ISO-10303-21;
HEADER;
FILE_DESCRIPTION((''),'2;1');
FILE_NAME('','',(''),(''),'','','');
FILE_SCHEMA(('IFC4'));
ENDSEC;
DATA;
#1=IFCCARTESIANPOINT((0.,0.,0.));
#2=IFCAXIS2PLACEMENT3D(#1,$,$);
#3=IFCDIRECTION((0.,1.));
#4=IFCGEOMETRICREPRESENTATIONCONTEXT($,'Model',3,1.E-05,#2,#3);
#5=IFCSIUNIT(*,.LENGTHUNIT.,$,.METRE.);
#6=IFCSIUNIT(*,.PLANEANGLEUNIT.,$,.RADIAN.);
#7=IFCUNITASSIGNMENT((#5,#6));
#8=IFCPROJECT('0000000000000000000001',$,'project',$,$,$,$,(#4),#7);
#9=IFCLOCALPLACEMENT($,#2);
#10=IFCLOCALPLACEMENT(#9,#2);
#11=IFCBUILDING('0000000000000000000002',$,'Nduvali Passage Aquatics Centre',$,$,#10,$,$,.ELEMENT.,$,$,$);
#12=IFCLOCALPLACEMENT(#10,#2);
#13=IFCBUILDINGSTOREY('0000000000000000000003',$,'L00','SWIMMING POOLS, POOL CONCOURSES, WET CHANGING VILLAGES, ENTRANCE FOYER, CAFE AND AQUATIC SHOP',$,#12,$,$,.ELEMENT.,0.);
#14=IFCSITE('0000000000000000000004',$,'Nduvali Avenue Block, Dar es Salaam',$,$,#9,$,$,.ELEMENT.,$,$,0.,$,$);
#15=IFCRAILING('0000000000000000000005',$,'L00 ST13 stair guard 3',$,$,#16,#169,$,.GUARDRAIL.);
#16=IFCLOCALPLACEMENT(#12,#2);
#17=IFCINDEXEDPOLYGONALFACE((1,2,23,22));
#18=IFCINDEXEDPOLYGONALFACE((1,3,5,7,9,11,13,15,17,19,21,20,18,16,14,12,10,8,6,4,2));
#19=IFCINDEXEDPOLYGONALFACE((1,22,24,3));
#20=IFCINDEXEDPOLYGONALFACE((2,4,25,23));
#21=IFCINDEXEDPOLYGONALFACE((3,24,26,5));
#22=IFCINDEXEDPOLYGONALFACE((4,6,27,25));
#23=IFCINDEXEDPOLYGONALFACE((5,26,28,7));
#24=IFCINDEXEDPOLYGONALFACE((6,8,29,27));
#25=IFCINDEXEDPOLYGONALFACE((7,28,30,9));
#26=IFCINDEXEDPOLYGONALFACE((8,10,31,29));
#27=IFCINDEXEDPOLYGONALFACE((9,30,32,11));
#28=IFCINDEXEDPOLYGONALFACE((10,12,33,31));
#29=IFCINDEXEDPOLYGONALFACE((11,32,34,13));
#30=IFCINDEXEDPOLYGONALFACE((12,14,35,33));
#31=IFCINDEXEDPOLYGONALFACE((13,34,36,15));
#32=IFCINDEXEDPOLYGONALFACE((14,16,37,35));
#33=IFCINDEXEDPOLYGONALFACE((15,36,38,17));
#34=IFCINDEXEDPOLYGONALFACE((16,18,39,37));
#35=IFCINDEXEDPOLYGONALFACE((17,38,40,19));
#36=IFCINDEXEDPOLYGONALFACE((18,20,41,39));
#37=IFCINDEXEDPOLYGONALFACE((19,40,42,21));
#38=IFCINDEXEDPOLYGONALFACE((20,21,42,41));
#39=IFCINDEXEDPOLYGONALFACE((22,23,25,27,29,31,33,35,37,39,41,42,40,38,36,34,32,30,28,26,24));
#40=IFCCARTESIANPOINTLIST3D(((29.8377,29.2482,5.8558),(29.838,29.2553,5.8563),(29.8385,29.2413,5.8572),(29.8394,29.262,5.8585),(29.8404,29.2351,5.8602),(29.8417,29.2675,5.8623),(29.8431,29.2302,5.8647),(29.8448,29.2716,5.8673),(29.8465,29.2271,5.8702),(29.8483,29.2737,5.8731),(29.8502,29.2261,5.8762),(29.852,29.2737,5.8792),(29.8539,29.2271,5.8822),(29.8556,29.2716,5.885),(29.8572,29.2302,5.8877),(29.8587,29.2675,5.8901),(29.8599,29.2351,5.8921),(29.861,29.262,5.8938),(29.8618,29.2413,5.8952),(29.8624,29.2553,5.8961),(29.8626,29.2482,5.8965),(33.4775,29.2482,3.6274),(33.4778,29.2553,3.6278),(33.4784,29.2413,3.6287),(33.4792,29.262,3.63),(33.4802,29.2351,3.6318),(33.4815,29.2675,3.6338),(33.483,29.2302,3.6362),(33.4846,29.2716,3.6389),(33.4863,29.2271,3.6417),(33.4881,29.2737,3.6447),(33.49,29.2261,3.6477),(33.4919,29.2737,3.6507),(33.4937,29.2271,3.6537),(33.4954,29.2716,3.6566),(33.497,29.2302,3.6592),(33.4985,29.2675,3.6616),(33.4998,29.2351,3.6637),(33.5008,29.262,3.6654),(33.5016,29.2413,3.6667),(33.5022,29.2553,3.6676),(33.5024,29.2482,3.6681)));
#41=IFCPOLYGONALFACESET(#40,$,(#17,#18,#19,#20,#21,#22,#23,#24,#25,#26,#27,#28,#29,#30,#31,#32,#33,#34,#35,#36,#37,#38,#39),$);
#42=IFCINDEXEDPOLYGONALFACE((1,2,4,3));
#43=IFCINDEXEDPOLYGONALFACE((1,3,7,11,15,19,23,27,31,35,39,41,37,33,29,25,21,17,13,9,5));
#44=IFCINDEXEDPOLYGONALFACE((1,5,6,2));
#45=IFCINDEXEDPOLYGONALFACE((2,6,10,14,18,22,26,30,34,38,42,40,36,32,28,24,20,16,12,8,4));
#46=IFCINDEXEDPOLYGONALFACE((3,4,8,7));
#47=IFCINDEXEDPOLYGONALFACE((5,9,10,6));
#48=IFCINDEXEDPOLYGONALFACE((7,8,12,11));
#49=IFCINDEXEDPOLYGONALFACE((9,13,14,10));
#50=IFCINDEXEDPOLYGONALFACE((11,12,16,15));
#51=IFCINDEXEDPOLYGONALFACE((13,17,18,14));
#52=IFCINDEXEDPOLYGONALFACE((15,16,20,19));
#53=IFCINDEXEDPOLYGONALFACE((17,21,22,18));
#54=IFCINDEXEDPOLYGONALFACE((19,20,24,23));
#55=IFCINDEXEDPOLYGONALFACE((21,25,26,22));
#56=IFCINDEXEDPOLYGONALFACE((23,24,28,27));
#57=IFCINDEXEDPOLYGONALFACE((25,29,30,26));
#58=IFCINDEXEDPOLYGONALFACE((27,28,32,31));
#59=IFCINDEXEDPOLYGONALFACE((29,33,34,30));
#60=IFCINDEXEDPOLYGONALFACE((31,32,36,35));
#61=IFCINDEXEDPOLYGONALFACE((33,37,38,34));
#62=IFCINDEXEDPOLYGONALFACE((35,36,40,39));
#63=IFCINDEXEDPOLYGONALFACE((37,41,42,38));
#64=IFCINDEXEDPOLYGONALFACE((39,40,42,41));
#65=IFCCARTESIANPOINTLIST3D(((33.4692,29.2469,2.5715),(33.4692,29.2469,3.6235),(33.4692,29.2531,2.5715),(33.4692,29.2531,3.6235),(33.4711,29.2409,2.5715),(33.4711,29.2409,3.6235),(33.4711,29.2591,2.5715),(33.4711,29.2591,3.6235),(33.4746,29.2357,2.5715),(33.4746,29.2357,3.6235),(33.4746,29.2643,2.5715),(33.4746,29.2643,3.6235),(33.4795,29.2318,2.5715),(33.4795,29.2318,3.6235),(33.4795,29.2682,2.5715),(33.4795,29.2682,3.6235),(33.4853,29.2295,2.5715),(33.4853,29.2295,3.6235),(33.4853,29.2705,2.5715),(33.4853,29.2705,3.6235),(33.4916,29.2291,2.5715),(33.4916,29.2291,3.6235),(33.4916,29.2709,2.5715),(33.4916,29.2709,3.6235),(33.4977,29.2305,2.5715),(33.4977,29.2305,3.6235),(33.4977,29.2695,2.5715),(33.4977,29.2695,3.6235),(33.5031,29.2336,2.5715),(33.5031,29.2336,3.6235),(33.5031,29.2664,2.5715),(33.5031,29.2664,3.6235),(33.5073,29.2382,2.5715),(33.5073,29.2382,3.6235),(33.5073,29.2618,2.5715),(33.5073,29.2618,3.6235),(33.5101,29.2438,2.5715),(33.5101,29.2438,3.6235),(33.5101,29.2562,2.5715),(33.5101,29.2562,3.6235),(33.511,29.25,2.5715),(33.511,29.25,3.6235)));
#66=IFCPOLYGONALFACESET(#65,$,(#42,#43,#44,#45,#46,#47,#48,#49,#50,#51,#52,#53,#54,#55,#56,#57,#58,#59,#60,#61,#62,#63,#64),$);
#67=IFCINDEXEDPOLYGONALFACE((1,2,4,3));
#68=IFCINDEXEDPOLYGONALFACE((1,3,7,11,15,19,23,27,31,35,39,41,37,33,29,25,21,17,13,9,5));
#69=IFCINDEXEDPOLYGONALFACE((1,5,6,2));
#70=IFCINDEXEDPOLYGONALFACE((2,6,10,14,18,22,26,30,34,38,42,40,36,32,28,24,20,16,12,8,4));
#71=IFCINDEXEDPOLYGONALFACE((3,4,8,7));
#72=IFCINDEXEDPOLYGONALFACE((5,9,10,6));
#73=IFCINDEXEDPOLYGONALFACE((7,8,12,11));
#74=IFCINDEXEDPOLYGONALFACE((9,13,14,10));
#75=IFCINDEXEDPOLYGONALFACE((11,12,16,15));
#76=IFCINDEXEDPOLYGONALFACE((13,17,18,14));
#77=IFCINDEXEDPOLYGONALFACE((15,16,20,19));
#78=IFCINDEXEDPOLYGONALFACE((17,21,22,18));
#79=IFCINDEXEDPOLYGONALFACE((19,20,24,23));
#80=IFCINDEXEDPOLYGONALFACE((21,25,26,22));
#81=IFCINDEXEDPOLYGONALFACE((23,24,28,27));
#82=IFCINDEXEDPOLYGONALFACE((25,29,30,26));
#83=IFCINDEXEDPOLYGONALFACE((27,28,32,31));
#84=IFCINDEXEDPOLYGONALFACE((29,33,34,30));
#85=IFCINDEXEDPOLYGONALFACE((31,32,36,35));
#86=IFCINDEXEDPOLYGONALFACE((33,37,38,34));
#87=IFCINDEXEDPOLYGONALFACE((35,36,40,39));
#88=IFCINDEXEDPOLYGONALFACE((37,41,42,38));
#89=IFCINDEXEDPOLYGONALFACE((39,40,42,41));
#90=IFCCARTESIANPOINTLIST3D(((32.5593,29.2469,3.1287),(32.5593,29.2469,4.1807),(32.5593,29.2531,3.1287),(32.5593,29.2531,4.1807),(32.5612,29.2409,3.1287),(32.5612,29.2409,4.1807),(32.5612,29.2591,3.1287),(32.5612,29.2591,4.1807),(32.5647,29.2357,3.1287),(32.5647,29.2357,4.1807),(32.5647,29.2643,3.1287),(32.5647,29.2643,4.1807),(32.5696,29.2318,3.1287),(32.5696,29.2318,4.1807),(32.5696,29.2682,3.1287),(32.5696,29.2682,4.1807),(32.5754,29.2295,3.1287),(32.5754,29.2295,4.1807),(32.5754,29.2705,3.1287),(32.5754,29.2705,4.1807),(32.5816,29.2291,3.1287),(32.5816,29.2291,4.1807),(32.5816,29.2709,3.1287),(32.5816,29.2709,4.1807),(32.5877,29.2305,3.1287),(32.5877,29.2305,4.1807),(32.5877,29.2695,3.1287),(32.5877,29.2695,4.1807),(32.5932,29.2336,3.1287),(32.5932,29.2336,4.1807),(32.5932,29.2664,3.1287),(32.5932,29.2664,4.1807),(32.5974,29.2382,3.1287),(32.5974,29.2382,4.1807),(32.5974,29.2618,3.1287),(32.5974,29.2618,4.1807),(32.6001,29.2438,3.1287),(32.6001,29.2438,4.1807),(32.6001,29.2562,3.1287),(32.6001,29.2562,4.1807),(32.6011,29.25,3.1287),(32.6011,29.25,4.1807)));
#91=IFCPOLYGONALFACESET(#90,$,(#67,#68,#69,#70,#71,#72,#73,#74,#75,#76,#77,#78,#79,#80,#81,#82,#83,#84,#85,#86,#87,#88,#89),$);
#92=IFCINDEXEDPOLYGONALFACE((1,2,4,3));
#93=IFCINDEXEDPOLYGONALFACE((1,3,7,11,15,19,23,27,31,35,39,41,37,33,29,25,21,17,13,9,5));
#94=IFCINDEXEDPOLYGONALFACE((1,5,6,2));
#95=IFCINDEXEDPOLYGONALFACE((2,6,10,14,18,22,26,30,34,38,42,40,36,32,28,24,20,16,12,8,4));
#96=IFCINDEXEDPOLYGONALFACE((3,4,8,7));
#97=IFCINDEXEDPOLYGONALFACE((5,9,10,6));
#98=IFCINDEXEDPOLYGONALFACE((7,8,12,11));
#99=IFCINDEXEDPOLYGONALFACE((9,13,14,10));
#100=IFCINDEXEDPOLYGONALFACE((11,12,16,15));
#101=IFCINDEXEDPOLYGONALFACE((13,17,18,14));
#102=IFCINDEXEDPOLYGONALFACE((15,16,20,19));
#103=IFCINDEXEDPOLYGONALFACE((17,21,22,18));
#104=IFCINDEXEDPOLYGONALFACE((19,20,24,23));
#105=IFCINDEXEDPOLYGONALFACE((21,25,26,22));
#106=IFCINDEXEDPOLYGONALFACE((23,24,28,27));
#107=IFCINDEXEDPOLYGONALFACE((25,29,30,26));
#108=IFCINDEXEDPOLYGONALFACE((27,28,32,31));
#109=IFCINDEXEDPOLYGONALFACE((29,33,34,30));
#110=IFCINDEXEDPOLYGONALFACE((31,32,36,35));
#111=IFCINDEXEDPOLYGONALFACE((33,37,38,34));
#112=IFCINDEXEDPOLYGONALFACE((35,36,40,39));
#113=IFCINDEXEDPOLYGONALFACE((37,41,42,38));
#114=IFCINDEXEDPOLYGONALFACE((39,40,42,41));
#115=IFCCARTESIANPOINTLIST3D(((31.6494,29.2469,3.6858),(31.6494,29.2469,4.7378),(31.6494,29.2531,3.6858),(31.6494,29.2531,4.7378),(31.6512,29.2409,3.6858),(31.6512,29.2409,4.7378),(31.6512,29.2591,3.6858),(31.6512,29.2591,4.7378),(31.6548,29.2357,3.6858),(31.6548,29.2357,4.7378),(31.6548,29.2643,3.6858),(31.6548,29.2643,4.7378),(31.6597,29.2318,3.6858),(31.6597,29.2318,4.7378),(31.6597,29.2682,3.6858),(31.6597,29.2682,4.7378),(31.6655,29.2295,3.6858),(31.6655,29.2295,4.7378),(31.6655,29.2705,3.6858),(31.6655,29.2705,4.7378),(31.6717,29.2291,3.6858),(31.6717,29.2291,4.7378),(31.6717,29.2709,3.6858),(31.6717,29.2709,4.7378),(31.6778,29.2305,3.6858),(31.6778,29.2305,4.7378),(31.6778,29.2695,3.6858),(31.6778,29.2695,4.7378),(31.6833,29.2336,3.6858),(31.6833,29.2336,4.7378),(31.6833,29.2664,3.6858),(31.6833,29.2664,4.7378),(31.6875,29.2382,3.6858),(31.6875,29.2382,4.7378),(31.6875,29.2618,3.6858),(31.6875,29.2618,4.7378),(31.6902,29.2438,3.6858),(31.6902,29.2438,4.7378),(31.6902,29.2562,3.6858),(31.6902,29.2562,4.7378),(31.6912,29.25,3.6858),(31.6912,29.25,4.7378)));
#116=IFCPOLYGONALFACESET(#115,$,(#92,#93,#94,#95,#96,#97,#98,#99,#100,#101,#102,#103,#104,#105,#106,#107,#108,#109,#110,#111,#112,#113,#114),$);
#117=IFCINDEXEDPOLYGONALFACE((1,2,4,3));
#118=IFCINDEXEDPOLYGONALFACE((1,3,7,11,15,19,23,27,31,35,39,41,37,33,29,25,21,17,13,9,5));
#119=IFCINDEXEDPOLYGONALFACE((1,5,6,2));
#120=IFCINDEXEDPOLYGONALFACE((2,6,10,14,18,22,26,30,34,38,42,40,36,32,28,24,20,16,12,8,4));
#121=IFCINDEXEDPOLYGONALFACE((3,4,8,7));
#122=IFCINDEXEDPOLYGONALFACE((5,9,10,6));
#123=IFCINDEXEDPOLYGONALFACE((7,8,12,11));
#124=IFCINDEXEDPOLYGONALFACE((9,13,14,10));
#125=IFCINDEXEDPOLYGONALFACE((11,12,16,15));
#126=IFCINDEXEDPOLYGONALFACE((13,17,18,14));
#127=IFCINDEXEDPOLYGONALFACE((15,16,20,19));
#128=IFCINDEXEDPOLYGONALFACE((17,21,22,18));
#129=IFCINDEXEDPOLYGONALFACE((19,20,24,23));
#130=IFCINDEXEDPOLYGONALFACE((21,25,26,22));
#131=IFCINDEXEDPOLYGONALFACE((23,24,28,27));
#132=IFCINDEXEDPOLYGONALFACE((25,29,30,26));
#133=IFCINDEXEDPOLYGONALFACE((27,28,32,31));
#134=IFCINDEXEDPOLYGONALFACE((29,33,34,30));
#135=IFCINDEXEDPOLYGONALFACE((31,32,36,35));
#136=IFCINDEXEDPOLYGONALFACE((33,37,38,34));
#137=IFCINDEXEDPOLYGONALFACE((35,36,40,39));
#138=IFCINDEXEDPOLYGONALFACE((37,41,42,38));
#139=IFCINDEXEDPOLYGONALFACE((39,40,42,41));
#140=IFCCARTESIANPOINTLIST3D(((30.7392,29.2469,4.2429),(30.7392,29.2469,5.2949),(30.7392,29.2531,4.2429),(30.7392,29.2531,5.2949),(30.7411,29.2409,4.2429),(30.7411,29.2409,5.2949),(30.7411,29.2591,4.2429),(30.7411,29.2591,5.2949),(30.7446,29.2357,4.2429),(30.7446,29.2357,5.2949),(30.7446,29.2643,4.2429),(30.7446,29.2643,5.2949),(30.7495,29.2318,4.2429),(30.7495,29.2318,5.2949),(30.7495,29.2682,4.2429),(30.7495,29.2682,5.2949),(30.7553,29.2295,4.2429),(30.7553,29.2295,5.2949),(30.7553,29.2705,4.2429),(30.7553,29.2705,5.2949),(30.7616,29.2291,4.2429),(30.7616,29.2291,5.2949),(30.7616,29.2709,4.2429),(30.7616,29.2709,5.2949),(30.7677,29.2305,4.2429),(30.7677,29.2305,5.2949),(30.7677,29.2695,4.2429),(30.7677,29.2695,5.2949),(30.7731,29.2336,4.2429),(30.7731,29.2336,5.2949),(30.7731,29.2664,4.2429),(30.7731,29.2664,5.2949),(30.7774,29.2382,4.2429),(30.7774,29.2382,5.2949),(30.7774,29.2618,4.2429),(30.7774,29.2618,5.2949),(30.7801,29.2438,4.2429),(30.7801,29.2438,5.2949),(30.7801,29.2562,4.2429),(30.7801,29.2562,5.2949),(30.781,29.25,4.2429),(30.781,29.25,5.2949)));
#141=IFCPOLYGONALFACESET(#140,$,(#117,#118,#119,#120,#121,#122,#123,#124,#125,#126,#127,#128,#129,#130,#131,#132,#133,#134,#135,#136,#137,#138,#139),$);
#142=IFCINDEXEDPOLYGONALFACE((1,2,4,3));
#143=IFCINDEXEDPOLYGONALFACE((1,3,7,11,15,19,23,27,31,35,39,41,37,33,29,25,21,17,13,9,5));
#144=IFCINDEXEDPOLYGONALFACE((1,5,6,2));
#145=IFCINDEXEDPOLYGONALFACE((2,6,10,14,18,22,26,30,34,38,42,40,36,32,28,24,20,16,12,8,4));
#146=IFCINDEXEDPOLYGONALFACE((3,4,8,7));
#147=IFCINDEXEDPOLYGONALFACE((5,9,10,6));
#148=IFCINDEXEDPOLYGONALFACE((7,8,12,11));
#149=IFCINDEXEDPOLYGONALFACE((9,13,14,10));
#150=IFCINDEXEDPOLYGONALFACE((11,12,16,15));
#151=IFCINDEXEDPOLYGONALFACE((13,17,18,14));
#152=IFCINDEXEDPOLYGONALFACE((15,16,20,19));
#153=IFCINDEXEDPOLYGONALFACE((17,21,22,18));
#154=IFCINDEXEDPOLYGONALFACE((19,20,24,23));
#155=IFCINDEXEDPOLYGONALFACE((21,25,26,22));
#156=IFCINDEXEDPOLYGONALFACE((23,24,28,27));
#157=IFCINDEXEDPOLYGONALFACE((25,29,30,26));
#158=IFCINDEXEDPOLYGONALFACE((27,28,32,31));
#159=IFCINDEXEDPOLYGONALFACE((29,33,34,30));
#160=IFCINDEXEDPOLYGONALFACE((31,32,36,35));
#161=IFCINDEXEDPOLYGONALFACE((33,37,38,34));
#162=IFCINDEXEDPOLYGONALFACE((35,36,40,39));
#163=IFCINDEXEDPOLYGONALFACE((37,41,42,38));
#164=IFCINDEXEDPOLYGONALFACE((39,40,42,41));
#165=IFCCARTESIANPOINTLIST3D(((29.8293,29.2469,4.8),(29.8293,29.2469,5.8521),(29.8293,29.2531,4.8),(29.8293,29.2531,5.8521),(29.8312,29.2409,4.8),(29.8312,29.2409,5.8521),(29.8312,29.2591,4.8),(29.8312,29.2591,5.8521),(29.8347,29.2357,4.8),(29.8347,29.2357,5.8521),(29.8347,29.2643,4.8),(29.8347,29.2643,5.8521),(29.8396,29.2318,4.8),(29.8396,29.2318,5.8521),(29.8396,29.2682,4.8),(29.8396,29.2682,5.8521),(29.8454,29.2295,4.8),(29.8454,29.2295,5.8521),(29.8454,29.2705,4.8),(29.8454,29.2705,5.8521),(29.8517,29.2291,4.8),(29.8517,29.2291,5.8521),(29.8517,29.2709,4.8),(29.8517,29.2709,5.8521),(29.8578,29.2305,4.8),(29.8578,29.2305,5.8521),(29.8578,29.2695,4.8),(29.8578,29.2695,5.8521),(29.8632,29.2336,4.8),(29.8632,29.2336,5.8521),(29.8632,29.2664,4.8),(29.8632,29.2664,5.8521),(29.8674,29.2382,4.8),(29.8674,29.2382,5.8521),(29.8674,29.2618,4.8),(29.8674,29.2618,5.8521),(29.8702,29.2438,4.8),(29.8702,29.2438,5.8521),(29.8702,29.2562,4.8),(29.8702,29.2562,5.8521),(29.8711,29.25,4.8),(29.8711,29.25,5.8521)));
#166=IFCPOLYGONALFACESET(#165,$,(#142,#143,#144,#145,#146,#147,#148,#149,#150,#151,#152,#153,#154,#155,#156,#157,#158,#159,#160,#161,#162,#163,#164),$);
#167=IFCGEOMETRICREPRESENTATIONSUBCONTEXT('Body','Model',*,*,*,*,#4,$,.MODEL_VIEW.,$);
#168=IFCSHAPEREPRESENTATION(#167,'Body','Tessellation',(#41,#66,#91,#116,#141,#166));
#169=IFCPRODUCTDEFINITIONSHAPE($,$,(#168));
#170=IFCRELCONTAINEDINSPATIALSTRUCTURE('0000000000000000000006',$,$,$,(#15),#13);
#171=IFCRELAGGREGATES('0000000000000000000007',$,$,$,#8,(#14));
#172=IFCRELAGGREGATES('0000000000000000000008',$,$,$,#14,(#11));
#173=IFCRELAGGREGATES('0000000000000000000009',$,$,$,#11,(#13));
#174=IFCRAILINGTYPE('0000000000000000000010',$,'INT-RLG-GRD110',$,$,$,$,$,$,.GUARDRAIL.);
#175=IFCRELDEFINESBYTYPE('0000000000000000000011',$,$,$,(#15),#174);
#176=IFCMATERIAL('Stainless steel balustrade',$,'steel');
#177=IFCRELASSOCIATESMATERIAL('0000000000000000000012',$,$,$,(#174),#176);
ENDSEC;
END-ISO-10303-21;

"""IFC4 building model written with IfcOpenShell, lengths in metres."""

from ifc_helpers import new_model, si_unit, direction, frame, origin, origin_2d, place, context, subcontext, project, spatial, circle, extrude, material, type_object, element, save


model = new_model("IFC4")

# Units and contexts
model_context = context("Model", 3, precision=1e-05, world=origin(), true_north=direction((0.0, 1.0)))
body_context = subcontext(model_context, "Body", "Model", "MODEL_VIEW")
ifc_project = project(units=[si_unit("LENGTHUNIT", "METRE"), si_unit("PLANEANGLEUNIT", "RADIAN")], contexts=[model_context])

# Site, building, storey
site_placement = place(None, origin())
site = spatial("IfcSite", under=ifc_project, at=site_placement, Name="Nduvali Avenue Block, Dar es Salaam", CompositionType="ELEMENT", RefElevation=0.0)
building_placement = place(site_placement, origin())
building = spatial("IfcBuilding", under=site, at=building_placement, Name="Nduvali Passage Aquatics Centre", CompositionType="ELEMENT")
storey_placement = place(building_placement, origin())
storey = spatial("IfcBuildingStorey", under=building, at=storey_placement, Name="L00", Description="SWIMMING POOLS, POOL CONCOURSES, WET CHANGING VILLAGES, ENTRANCE FOYER, CAFE AND AQUATIC SHOP", CompositionType="ELEMENT", Elevation=0.0)

# Railing
ifc_material_1 = material(Name="Stainless steel balustrade", Category="steel")
railing_type_1 = type_object("IfcRailingType", Name="INT-RLG-GRD110", PredefinedType="GUARDRAIL", material=ifc_material_1)
railing_1_placement = place(storey_placement, frame((33.49, 29.25, 2.5715)))
element("IfcRailing", 1, at=railing_1_placement, inside=storey, type_object=railing_type_1, Name="L00 ST13 stair guard 3", PredefinedType="GUARDRAIL", context=body_context, shape_type="SweptSolid", body=[
    extrude(circle(Radius=0.0239, at=origin_2d()), frame((0.0, 0.0, 1.0762), z_axis=(-0.85285, 0.0, 0.522156), x_axis=(0.0, -1.0, 0.0)), (0.0, 0.0, 1.0), 4.2678),
    extrude(circle(Radius=0.021, at=origin_2d()), origin(), (0.0, 0.0, 1.0), 1.052),
    extrude(circle(Radius=0.021, at=origin_2d()), frame((-0.9099, 0.0, 0.5571)), (0.0, 0.0, 1.0), 1.052),
    extrude(circle(Radius=0.021, at=origin_2d()), frame((-1.8198, 0.0, 1.1143)), (0.0, 0.0, 1.0), 1.052),
    extrude(circle(Radius=0.021, at=origin_2d()), frame((-2.73, 0.0, 1.6714)), (0.0, 0.0, 1.0), 1.052),
    extrude(circle(Radius=0.021, at=origin_2d()), frame((-3.6399, 0.0, 2.2285)), (0.0, 0.0, 1.0), 1.052),
])

save(model, "model.ifc")
